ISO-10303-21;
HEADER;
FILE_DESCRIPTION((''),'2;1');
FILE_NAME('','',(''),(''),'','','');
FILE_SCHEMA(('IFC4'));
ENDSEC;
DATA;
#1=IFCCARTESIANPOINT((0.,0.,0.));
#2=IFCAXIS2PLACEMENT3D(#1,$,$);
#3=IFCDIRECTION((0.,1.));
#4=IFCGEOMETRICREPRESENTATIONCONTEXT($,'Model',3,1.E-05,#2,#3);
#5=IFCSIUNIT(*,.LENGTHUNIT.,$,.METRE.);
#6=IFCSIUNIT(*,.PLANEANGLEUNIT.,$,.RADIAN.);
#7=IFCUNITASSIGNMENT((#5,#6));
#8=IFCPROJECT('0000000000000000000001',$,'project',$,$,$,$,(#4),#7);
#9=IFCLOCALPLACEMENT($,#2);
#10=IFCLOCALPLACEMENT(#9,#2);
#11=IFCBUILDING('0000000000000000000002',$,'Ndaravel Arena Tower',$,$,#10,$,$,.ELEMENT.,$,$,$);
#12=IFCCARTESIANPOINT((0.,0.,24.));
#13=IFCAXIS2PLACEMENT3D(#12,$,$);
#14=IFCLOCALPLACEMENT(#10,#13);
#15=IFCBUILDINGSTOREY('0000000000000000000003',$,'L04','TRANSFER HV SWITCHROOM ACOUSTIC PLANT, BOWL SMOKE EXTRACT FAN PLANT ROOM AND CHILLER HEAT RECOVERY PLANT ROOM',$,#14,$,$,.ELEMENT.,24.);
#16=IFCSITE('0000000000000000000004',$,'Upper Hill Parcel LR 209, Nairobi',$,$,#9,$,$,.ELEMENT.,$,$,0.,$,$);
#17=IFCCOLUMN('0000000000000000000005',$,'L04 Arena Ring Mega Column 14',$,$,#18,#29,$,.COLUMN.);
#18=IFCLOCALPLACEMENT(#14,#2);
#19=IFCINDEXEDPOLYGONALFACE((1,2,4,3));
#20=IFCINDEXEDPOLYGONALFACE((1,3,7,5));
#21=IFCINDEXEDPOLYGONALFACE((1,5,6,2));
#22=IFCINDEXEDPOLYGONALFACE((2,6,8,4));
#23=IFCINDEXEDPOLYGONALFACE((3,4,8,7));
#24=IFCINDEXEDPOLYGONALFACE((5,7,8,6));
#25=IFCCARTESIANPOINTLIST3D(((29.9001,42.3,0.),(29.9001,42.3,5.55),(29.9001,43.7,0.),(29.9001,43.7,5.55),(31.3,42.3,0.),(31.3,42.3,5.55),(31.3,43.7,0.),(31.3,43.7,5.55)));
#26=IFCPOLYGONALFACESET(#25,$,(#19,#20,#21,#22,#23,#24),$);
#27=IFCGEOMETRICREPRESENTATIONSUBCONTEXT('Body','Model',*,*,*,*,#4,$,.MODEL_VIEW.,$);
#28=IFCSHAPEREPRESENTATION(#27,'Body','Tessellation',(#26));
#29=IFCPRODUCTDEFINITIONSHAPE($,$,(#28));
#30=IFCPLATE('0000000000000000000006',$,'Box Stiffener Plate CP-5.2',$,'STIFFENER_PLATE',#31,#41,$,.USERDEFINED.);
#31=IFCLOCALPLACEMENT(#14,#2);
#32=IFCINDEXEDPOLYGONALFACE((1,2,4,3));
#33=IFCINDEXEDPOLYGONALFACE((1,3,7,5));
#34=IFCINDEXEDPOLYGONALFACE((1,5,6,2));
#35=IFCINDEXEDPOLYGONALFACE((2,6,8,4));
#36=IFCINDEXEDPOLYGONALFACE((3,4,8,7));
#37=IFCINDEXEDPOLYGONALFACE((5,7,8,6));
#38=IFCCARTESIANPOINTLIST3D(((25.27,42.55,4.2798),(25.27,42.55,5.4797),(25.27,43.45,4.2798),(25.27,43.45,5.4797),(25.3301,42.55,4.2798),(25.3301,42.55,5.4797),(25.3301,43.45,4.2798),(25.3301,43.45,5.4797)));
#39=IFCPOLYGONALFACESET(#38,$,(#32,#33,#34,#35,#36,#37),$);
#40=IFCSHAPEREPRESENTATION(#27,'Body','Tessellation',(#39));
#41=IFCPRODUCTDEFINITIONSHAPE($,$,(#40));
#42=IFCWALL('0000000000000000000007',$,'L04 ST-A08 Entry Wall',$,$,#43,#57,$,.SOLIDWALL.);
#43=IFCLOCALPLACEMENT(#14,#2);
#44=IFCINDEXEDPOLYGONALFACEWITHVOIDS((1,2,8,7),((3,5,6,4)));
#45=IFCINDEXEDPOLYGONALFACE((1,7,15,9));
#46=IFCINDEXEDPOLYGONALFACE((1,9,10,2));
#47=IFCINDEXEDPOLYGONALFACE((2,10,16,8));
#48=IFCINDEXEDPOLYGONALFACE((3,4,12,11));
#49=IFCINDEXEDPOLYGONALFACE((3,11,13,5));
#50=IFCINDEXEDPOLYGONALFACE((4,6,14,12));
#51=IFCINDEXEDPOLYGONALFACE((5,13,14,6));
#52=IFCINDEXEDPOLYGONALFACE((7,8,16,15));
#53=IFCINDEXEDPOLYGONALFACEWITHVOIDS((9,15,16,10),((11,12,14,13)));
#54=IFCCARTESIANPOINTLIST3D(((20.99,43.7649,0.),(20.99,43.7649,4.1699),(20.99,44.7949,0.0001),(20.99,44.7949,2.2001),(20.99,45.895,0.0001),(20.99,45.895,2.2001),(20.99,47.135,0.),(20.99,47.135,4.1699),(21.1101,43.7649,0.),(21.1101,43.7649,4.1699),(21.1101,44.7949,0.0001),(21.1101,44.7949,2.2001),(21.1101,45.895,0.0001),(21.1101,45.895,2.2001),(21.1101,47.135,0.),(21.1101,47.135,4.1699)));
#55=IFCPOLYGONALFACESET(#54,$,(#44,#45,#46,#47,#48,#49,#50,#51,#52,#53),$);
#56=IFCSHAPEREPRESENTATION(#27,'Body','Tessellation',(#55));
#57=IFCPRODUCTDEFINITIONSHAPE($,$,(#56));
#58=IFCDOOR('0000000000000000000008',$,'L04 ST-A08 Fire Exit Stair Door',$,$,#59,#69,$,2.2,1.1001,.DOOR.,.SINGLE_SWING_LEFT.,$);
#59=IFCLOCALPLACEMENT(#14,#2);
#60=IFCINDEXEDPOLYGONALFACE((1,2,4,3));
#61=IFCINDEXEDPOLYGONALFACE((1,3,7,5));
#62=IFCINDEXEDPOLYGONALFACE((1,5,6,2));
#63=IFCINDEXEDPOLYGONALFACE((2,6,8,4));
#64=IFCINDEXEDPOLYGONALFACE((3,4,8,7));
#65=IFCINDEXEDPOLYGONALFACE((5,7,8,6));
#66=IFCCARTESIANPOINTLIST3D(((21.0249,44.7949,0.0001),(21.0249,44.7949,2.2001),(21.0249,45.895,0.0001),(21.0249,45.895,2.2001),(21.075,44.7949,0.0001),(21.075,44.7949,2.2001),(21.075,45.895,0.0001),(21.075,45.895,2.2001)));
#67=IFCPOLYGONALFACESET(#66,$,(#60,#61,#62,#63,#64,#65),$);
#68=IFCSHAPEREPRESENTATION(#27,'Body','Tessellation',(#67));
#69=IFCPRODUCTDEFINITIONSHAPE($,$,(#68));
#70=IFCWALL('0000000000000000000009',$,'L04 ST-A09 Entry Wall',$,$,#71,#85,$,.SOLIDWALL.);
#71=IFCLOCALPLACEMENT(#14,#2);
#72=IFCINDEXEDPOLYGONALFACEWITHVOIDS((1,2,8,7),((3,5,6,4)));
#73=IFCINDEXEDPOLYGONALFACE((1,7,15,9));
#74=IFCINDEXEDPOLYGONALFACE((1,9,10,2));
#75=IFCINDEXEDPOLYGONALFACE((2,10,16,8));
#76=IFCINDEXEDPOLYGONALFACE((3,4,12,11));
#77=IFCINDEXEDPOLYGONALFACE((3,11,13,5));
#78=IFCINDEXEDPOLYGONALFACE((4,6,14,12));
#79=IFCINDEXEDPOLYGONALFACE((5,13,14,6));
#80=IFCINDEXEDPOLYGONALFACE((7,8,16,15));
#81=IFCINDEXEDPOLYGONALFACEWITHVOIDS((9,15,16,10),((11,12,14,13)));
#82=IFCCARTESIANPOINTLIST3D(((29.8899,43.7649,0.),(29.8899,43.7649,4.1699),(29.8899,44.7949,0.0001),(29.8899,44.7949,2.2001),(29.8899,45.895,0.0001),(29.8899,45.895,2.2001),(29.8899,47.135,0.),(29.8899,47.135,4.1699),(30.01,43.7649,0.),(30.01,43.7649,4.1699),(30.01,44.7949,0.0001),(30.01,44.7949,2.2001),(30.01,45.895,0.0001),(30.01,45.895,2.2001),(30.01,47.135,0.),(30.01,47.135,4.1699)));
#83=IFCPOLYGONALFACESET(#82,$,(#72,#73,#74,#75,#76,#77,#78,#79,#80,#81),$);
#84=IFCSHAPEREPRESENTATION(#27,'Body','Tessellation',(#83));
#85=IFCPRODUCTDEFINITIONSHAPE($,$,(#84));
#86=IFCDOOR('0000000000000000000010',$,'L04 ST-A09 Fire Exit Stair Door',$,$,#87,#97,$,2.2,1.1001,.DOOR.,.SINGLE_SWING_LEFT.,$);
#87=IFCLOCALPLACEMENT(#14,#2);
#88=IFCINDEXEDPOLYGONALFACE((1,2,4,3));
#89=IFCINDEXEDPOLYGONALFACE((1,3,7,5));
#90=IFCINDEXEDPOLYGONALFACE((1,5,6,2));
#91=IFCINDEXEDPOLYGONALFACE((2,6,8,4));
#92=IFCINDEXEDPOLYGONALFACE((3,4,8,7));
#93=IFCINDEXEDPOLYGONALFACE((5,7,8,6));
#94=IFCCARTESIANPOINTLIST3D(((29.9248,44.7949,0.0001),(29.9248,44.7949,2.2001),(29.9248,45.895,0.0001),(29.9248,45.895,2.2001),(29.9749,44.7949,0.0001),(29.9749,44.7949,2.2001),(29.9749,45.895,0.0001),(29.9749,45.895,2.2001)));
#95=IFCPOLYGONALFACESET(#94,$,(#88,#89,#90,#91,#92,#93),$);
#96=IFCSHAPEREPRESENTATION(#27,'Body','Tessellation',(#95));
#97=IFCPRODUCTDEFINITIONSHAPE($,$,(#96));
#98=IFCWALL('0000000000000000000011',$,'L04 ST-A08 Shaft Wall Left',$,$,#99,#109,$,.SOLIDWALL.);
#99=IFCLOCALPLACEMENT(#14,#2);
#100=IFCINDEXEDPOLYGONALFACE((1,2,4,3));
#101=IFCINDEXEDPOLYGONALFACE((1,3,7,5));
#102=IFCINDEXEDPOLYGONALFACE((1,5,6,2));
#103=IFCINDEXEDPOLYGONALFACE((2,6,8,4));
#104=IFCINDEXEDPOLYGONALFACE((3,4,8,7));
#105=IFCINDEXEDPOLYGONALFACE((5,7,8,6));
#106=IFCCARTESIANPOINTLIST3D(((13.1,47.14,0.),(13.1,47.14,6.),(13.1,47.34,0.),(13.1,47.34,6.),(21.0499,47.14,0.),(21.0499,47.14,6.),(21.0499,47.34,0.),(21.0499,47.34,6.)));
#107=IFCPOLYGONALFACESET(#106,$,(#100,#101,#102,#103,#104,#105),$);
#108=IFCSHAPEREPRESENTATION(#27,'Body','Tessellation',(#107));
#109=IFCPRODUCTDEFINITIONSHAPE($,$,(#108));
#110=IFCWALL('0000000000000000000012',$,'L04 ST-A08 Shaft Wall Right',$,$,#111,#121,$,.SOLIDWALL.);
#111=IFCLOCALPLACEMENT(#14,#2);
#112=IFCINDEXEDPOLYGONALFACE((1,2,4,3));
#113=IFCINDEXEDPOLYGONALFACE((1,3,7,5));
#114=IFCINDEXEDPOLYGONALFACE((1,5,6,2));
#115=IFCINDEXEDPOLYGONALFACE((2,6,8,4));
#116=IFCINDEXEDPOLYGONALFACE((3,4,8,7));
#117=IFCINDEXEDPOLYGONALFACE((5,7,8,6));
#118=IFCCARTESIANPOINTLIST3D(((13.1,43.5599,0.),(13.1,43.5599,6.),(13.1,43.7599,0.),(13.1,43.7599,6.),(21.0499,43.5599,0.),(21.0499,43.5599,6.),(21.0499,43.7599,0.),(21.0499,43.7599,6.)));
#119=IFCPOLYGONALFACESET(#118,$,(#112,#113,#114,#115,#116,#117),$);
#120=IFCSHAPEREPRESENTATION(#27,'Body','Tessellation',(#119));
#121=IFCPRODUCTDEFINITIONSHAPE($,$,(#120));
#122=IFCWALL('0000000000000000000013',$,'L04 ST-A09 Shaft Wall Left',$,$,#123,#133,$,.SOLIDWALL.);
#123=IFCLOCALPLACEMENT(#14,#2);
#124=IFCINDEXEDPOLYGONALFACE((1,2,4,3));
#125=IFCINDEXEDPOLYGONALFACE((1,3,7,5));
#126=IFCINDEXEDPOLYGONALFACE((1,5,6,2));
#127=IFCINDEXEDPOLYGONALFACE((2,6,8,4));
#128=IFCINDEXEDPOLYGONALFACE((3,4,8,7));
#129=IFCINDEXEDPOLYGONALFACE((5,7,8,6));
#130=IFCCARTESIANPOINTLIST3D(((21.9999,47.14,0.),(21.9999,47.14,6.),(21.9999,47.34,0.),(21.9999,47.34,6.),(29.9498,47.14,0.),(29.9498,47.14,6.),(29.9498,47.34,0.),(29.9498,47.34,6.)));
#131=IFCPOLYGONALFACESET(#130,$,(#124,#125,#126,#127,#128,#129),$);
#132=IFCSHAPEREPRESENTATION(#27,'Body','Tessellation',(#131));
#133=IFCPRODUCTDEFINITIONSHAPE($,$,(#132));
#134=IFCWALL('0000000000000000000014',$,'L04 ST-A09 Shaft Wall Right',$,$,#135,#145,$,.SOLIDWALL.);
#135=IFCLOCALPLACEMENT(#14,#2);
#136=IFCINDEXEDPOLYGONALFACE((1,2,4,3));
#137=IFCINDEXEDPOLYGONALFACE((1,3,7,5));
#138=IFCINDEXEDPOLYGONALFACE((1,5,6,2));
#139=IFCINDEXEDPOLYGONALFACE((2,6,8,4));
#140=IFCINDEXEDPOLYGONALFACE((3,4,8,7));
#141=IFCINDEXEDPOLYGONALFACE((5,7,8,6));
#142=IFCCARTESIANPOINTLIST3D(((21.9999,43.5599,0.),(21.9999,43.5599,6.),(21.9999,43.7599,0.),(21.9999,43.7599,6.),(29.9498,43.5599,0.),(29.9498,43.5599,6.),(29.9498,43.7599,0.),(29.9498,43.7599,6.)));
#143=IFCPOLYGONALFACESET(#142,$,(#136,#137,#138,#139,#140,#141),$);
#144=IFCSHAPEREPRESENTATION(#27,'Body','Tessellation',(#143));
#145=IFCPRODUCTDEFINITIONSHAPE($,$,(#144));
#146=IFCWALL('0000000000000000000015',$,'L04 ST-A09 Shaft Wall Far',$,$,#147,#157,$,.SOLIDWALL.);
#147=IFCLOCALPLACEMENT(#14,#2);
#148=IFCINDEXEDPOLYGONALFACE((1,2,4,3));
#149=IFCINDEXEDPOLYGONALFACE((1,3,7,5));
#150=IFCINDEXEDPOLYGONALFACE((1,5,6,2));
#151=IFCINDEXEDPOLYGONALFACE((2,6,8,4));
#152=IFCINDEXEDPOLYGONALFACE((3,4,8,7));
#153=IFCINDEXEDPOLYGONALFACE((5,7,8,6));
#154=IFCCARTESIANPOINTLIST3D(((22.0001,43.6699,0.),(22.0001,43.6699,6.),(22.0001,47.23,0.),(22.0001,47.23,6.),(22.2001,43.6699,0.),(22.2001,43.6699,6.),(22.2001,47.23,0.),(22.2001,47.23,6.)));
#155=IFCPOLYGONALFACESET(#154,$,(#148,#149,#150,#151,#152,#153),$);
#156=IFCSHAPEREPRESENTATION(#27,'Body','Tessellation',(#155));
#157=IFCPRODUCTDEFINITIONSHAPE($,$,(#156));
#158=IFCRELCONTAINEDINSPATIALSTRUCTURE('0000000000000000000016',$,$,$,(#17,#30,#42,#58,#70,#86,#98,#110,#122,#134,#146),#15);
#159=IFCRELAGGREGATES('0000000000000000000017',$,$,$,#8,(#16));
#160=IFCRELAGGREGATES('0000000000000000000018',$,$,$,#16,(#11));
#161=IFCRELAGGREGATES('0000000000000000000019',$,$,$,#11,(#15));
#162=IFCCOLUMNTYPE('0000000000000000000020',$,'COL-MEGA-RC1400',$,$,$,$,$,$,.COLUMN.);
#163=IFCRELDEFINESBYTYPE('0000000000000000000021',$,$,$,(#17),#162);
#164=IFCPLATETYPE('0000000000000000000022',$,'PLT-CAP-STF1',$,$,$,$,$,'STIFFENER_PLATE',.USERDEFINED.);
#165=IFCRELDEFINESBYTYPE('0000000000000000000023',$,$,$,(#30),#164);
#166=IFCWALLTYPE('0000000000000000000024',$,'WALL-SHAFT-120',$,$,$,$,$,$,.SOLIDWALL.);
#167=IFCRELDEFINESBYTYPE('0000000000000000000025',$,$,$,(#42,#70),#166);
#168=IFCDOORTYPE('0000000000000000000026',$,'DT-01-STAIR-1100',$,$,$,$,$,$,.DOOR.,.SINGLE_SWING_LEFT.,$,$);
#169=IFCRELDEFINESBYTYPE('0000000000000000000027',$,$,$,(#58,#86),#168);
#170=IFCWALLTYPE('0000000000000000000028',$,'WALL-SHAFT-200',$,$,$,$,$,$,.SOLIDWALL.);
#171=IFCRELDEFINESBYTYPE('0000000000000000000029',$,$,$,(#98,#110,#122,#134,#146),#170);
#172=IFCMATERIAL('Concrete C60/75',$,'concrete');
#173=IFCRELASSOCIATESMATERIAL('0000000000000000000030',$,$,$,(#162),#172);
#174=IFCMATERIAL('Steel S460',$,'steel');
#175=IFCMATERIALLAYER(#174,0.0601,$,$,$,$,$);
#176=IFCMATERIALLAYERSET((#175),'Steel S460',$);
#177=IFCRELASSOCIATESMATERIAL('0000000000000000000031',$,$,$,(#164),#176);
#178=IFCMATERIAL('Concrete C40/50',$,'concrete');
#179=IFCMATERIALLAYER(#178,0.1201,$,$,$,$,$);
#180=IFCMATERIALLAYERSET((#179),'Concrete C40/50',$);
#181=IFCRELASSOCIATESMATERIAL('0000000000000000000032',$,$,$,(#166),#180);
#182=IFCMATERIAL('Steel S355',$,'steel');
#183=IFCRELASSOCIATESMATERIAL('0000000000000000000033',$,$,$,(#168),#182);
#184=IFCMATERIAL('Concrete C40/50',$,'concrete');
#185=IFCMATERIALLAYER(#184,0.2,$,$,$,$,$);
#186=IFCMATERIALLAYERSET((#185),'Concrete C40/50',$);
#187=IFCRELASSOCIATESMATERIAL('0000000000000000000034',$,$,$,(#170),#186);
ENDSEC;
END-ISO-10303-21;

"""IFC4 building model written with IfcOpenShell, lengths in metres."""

from ifc_helpers import new_model, si_unit, direction, frame, frame_2d, origin, origin_2d, place, context, subcontext, project, spatial, rectangle, extrude, material, layer, layer_set, material_profile, profile_set, type_object, element, fill, save


model = new_model("IFC4")

# Units and contexts
model_context = context("Model", 3, precision=1e-05, world=origin(), true_north=direction((0.0, 1.0)))
body_context = subcontext(model_context, "Body", "Model", "MODEL_VIEW")
ifc_project = project(units=[si_unit("LENGTHUNIT", "METRE"), si_unit("PLANEANGLEUNIT", "RADIAN")], contexts=[model_context])

# Site, building, storey
site_placement = place(None, origin())
site = spatial("IfcSite", under=ifc_project, at=site_placement, Name="Upper Hill Parcel LR 209, Nairobi", CompositionType="ELEMENT", RefElevation=0.0)
building_placement = place(site_placement, origin())
building = spatial("IfcBuilding", under=site, at=building_placement, Name="Ndaravel Arena Tower", CompositionType="ELEMENT")
storey_placement = place(building_placement, frame((0.0, 0.0, 24.0)))
storey = spatial("IfcBuildingStorey", under=building, at=storey_placement, Name="L04", Description="TRANSFER HV SWITCHROOM ACOUSTIC PLANT, BOWL SMOKE EXTRACT FAN PLANT ROOM AND CHILLER HEAT RECOVERY PLANT ROOM", CompositionType="ELEMENT", Elevation=24.0)

# Column
ifc_material_1 = material(Name="Concrete C60/75", Category="concrete")
ifc_material_profile = material_profile(ifc_material_1, rectangle(XDim=1.3999, YDim=1.3999, at=origin_2d()), Name="RC 1400x1400")
ifc_profile_set = profile_set([ifc_material_profile], Name="Concrete C60/75")
column_type = type_object("IfcColumnType", Name="COL-MEGA-RC1400", PredefinedType="COLUMN", material=ifc_profile_set)
column_placement = place(storey_placement, frame((30.6001, 43.0, 0.0), z_axis=(0.0, 0.0, 1.0), x_axis=(1.0, 0.0, 0.0)))
element("IfcColumn", 1, at=column_placement, inside=storey, type_object=column_type, Name="L04 Arena Ring Mega Column 14", PredefinedType="COLUMN", context=body_context, shape_type="SweptSolid", body=[
    extrude(rectangle(XDim=1.3999, YDim=1.3999, at=origin_2d()), origin(), (0.0, 0.0, 1.0), 5.55),
])

# Plate
ifc_material_2 = material(Name="Steel S460", Category="steel")
ifc_layer_1 = layer(ifc_material_2, 0.0601)
ifc_layer_set_1 = layer_set([ifc_layer_1], Name="Steel S460")
plate_type = type_object("IfcPlateType", Name="PLT-CAP-STF1", ElementType="STIFFENER_PLATE", PredefinedType="USERDEFINED", material=ifc_layer_set_1)
plate_placement = place(storey_placement, frame((25.3, 43.0, 4.2798), z_axis=(0.0, 0.0, 1.0), x_axis=(1.0, 0.0, 0.0)))
element("IfcPlate", 2, at=plate_placement, inside=storey, type_object=plate_type, Name="Box Stiffener Plate CP-5.2", ObjectType="STIFFENER_PLATE", PredefinedType="USERDEFINED", context=body_context, shape_type="SweptSolid", body=[
    extrude(rectangle(XDim=0.0601, YDim=0.8999, at=origin_2d()), origin(), (0.0, 0.0, 1.0), 1.2),
])

# Walls, openings, doors
ifc_material_3 = material(Name="Concrete C40/50", Category="concrete")
ifc_layer_2 = layer(ifc_material_3, 0.1201)
ifc_layer_set_2 = layer_set([ifc_layer_2], Name="Concrete C40/50")
wall_type_1 = type_object("IfcWallType", Name="WALL-SHAFT-120", PredefinedType="SOLIDWALL", material=ifc_layer_set_2)
wall_1_placement = place(storey_placement, frame((21.05, 47.135, 0.0), z_axis=(0.0, 0.0, 1.0), x_axis=(0.0, -1.0, 0.0)))
wall_1 = element("IfcWall", 3, at=wall_1_placement, inside=storey, type_object=wall_type_1, Name="L04 ST-A08 Entry Wall", PredefinedType="SOLIDWALL", context=body_context, shape_type="SweptSolid", body=[
    extrude(rectangle(XDim=3.3701, YDim=0.1201, at=frame_2d((1.6851, 0.0))), origin(), (0.0, 0.0, 1.0), 4.1699),
])
opening_1_placement = place(wall_1_placement, frame((1.24, 0.0, 0.0)))
opening_1 = element("IfcOpeningElement", 4, at=opening_1_placement, cuts=wall_1, PredefinedType="OPENING", context=body_context, shape_type="SweptSolid", body=[
    extrude(rectangle(XDim=1.1001, YDim=2.2, at=frame_2d((0.55, 1.1001))), frame((0.0, 0.0601, 0.0), z_axis=(0.0, -1.0, 0.0), x_axis=(1.0, 0.0, 0.0)), (0.0, 0.0, 1.0), 0.1201),
])
ifc_material_4 = material(Name="Steel S355", Category="steel")
door_type = type_object("IfcDoorType", Name="DT-01-STAIR-1100", OperationType="SINGLE_SWING_LEFT", PredefinedType="DOOR", material=ifc_material_4)
door_1_placement = place(opening_1_placement, origin())
door_1 = element("IfcDoor", 5, at=door_1_placement, inside=storey, type_object=door_type, Name="L04 ST-A08 Fire Exit Stair Door", OperationType="SINGLE_SWING_LEFT", OverallHeight=2.2, OverallWidth=1.1001, PredefinedType="DOOR", context=body_context, shape_type="SweptSolid", body=[
    extrude(rectangle(XDim=1.1001, YDim=2.2, at=frame_2d((0.55, 1.1001))), frame((0.0, 0.0249, 0.0), z_axis=(0.0, -1.0, 0.0), x_axis=(1.0, 0.0, 0.0)), (0.0, 0.0, 1.0), 0.05),
])
fill(opening_1, door_1)
wall_2_placement = place(storey_placement, frame((29.95, 47.135, 0.0), z_axis=(0.0, 0.0, 1.0), x_axis=(0.0, -1.0, 0.0)))
wall_2 = element("IfcWall", 6, at=wall_2_placement, inside=storey, type_object=wall_type_1, Name="L04 ST-A09 Entry Wall", PredefinedType="SOLIDWALL", context=body_context, shape_type="SweptSolid", body=[
    extrude(rectangle(XDim=3.3701, YDim=0.1201, at=frame_2d((1.6851, 0.0))), origin(), (0.0, 0.0, 1.0), 4.1699),
])
opening_2_placement = place(wall_2_placement, frame((1.24, 0.0, 0.0)))
opening_2 = element("IfcOpeningElement", 7, at=opening_2_placement, cuts=wall_2, PredefinedType="OPENING", context=body_context, shape_type="SweptSolid", body=[
    extrude(rectangle(XDim=1.1001, YDim=2.2, at=frame_2d((0.55, 1.1001))), frame((0.0, 0.0601, 0.0), z_axis=(0.0, -1.0, 0.0), x_axis=(1.0, 0.0, 0.0)), (0.0, 0.0, 1.0), 0.1201),
])
door_2_placement = place(opening_2_placement, origin())
door_2 = element("IfcDoor", 8, at=door_2_placement, inside=storey, type_object=door_type, Name="L04 ST-A09 Fire Exit Stair Door", OperationType="SINGLE_SWING_LEFT", OverallHeight=2.2, OverallWidth=1.1001, PredefinedType="DOOR", context=body_context, shape_type="SweptSolid", body=[
    extrude(rectangle(XDim=1.1001, YDim=2.2, at=frame_2d((0.55, 1.1001))), frame((0.0, 0.0249, 0.0), z_axis=(0.0, -1.0, 0.0), x_axis=(1.0, 0.0, 0.0)), (0.0, 0.0, 1.0), 0.05),
])
fill(opening_2, door_2)

# Walls
ifc_material_5 = material(Name="Concrete C40/50", Category="concrete")
ifc_layer_3 = layer(ifc_material_5, 0.2)
ifc_layer_set_3 = layer_set([ifc_layer_3], Name="Concrete C40/50")
wall_type_2 = type_object("IfcWallType", Name="WALL-SHAFT-200", PredefinedType="SOLIDWALL", material=ifc_layer_set_3)
for number, where, z_axis, x_axis, name in (
    (9, (21.05, 47.24, 0.0), (0.0, 0.0, 1.0), (-1.0, 0.0, 0.0), "L04 ST-A08 Shaft Wall Left"),
    (10, (21.05, 43.6599, 0.0), (0.0, 0.0, 1.0), (-1.0, 0.0, 0.0), "L04 ST-A08 Shaft Wall Right"),
    (11, (29.95, 47.24, 0.0), (0.0, 0.0, 1.0), (-1.0, 0.0, 0.0), "L04 ST-A09 Shaft Wall Left"),
    (12, (29.95, 43.6599, 0.0), (0.0, 0.0, 1.0), (-1.0, 0.0, 0.0), "L04 ST-A09 Shaft Wall Right"),
):
    element("IfcWall", number, at=place(storey_placement, frame(where, z_axis=z_axis, x_axis=x_axis)), inside=storey, type_object=wall_type_2, Name=name, PredefinedType="SOLIDWALL", context=body_context, shape_type="SweptSolid", body=[
        extrude(rectangle(XDim=7.95, YDim=0.2, at=frame_2d((3.9751, 0.0))), origin(), (0.0, 0.0, 1.0), 6.0),
    ])
wall_3_placement = place(storey_placement, frame((22.1001, 47.23, 0.0), z_axis=(0.0, 0.0, 1.0), x_axis=(0.0, -1.0, 0.0)))
element("IfcWall", 13, at=wall_3_placement, inside=storey, type_object=wall_type_2, Name="L04 ST-A09 Shaft Wall Far", PredefinedType="SOLIDWALL", context=body_context, shape_type="SweptSolid", body=[
    extrude(rectangle(XDim=3.5601, YDim=0.2, at=frame_2d((1.78, 0.0))), origin(), (0.0, 0.0, 1.0), 6.0),
])

save(model, "model.ifc")
